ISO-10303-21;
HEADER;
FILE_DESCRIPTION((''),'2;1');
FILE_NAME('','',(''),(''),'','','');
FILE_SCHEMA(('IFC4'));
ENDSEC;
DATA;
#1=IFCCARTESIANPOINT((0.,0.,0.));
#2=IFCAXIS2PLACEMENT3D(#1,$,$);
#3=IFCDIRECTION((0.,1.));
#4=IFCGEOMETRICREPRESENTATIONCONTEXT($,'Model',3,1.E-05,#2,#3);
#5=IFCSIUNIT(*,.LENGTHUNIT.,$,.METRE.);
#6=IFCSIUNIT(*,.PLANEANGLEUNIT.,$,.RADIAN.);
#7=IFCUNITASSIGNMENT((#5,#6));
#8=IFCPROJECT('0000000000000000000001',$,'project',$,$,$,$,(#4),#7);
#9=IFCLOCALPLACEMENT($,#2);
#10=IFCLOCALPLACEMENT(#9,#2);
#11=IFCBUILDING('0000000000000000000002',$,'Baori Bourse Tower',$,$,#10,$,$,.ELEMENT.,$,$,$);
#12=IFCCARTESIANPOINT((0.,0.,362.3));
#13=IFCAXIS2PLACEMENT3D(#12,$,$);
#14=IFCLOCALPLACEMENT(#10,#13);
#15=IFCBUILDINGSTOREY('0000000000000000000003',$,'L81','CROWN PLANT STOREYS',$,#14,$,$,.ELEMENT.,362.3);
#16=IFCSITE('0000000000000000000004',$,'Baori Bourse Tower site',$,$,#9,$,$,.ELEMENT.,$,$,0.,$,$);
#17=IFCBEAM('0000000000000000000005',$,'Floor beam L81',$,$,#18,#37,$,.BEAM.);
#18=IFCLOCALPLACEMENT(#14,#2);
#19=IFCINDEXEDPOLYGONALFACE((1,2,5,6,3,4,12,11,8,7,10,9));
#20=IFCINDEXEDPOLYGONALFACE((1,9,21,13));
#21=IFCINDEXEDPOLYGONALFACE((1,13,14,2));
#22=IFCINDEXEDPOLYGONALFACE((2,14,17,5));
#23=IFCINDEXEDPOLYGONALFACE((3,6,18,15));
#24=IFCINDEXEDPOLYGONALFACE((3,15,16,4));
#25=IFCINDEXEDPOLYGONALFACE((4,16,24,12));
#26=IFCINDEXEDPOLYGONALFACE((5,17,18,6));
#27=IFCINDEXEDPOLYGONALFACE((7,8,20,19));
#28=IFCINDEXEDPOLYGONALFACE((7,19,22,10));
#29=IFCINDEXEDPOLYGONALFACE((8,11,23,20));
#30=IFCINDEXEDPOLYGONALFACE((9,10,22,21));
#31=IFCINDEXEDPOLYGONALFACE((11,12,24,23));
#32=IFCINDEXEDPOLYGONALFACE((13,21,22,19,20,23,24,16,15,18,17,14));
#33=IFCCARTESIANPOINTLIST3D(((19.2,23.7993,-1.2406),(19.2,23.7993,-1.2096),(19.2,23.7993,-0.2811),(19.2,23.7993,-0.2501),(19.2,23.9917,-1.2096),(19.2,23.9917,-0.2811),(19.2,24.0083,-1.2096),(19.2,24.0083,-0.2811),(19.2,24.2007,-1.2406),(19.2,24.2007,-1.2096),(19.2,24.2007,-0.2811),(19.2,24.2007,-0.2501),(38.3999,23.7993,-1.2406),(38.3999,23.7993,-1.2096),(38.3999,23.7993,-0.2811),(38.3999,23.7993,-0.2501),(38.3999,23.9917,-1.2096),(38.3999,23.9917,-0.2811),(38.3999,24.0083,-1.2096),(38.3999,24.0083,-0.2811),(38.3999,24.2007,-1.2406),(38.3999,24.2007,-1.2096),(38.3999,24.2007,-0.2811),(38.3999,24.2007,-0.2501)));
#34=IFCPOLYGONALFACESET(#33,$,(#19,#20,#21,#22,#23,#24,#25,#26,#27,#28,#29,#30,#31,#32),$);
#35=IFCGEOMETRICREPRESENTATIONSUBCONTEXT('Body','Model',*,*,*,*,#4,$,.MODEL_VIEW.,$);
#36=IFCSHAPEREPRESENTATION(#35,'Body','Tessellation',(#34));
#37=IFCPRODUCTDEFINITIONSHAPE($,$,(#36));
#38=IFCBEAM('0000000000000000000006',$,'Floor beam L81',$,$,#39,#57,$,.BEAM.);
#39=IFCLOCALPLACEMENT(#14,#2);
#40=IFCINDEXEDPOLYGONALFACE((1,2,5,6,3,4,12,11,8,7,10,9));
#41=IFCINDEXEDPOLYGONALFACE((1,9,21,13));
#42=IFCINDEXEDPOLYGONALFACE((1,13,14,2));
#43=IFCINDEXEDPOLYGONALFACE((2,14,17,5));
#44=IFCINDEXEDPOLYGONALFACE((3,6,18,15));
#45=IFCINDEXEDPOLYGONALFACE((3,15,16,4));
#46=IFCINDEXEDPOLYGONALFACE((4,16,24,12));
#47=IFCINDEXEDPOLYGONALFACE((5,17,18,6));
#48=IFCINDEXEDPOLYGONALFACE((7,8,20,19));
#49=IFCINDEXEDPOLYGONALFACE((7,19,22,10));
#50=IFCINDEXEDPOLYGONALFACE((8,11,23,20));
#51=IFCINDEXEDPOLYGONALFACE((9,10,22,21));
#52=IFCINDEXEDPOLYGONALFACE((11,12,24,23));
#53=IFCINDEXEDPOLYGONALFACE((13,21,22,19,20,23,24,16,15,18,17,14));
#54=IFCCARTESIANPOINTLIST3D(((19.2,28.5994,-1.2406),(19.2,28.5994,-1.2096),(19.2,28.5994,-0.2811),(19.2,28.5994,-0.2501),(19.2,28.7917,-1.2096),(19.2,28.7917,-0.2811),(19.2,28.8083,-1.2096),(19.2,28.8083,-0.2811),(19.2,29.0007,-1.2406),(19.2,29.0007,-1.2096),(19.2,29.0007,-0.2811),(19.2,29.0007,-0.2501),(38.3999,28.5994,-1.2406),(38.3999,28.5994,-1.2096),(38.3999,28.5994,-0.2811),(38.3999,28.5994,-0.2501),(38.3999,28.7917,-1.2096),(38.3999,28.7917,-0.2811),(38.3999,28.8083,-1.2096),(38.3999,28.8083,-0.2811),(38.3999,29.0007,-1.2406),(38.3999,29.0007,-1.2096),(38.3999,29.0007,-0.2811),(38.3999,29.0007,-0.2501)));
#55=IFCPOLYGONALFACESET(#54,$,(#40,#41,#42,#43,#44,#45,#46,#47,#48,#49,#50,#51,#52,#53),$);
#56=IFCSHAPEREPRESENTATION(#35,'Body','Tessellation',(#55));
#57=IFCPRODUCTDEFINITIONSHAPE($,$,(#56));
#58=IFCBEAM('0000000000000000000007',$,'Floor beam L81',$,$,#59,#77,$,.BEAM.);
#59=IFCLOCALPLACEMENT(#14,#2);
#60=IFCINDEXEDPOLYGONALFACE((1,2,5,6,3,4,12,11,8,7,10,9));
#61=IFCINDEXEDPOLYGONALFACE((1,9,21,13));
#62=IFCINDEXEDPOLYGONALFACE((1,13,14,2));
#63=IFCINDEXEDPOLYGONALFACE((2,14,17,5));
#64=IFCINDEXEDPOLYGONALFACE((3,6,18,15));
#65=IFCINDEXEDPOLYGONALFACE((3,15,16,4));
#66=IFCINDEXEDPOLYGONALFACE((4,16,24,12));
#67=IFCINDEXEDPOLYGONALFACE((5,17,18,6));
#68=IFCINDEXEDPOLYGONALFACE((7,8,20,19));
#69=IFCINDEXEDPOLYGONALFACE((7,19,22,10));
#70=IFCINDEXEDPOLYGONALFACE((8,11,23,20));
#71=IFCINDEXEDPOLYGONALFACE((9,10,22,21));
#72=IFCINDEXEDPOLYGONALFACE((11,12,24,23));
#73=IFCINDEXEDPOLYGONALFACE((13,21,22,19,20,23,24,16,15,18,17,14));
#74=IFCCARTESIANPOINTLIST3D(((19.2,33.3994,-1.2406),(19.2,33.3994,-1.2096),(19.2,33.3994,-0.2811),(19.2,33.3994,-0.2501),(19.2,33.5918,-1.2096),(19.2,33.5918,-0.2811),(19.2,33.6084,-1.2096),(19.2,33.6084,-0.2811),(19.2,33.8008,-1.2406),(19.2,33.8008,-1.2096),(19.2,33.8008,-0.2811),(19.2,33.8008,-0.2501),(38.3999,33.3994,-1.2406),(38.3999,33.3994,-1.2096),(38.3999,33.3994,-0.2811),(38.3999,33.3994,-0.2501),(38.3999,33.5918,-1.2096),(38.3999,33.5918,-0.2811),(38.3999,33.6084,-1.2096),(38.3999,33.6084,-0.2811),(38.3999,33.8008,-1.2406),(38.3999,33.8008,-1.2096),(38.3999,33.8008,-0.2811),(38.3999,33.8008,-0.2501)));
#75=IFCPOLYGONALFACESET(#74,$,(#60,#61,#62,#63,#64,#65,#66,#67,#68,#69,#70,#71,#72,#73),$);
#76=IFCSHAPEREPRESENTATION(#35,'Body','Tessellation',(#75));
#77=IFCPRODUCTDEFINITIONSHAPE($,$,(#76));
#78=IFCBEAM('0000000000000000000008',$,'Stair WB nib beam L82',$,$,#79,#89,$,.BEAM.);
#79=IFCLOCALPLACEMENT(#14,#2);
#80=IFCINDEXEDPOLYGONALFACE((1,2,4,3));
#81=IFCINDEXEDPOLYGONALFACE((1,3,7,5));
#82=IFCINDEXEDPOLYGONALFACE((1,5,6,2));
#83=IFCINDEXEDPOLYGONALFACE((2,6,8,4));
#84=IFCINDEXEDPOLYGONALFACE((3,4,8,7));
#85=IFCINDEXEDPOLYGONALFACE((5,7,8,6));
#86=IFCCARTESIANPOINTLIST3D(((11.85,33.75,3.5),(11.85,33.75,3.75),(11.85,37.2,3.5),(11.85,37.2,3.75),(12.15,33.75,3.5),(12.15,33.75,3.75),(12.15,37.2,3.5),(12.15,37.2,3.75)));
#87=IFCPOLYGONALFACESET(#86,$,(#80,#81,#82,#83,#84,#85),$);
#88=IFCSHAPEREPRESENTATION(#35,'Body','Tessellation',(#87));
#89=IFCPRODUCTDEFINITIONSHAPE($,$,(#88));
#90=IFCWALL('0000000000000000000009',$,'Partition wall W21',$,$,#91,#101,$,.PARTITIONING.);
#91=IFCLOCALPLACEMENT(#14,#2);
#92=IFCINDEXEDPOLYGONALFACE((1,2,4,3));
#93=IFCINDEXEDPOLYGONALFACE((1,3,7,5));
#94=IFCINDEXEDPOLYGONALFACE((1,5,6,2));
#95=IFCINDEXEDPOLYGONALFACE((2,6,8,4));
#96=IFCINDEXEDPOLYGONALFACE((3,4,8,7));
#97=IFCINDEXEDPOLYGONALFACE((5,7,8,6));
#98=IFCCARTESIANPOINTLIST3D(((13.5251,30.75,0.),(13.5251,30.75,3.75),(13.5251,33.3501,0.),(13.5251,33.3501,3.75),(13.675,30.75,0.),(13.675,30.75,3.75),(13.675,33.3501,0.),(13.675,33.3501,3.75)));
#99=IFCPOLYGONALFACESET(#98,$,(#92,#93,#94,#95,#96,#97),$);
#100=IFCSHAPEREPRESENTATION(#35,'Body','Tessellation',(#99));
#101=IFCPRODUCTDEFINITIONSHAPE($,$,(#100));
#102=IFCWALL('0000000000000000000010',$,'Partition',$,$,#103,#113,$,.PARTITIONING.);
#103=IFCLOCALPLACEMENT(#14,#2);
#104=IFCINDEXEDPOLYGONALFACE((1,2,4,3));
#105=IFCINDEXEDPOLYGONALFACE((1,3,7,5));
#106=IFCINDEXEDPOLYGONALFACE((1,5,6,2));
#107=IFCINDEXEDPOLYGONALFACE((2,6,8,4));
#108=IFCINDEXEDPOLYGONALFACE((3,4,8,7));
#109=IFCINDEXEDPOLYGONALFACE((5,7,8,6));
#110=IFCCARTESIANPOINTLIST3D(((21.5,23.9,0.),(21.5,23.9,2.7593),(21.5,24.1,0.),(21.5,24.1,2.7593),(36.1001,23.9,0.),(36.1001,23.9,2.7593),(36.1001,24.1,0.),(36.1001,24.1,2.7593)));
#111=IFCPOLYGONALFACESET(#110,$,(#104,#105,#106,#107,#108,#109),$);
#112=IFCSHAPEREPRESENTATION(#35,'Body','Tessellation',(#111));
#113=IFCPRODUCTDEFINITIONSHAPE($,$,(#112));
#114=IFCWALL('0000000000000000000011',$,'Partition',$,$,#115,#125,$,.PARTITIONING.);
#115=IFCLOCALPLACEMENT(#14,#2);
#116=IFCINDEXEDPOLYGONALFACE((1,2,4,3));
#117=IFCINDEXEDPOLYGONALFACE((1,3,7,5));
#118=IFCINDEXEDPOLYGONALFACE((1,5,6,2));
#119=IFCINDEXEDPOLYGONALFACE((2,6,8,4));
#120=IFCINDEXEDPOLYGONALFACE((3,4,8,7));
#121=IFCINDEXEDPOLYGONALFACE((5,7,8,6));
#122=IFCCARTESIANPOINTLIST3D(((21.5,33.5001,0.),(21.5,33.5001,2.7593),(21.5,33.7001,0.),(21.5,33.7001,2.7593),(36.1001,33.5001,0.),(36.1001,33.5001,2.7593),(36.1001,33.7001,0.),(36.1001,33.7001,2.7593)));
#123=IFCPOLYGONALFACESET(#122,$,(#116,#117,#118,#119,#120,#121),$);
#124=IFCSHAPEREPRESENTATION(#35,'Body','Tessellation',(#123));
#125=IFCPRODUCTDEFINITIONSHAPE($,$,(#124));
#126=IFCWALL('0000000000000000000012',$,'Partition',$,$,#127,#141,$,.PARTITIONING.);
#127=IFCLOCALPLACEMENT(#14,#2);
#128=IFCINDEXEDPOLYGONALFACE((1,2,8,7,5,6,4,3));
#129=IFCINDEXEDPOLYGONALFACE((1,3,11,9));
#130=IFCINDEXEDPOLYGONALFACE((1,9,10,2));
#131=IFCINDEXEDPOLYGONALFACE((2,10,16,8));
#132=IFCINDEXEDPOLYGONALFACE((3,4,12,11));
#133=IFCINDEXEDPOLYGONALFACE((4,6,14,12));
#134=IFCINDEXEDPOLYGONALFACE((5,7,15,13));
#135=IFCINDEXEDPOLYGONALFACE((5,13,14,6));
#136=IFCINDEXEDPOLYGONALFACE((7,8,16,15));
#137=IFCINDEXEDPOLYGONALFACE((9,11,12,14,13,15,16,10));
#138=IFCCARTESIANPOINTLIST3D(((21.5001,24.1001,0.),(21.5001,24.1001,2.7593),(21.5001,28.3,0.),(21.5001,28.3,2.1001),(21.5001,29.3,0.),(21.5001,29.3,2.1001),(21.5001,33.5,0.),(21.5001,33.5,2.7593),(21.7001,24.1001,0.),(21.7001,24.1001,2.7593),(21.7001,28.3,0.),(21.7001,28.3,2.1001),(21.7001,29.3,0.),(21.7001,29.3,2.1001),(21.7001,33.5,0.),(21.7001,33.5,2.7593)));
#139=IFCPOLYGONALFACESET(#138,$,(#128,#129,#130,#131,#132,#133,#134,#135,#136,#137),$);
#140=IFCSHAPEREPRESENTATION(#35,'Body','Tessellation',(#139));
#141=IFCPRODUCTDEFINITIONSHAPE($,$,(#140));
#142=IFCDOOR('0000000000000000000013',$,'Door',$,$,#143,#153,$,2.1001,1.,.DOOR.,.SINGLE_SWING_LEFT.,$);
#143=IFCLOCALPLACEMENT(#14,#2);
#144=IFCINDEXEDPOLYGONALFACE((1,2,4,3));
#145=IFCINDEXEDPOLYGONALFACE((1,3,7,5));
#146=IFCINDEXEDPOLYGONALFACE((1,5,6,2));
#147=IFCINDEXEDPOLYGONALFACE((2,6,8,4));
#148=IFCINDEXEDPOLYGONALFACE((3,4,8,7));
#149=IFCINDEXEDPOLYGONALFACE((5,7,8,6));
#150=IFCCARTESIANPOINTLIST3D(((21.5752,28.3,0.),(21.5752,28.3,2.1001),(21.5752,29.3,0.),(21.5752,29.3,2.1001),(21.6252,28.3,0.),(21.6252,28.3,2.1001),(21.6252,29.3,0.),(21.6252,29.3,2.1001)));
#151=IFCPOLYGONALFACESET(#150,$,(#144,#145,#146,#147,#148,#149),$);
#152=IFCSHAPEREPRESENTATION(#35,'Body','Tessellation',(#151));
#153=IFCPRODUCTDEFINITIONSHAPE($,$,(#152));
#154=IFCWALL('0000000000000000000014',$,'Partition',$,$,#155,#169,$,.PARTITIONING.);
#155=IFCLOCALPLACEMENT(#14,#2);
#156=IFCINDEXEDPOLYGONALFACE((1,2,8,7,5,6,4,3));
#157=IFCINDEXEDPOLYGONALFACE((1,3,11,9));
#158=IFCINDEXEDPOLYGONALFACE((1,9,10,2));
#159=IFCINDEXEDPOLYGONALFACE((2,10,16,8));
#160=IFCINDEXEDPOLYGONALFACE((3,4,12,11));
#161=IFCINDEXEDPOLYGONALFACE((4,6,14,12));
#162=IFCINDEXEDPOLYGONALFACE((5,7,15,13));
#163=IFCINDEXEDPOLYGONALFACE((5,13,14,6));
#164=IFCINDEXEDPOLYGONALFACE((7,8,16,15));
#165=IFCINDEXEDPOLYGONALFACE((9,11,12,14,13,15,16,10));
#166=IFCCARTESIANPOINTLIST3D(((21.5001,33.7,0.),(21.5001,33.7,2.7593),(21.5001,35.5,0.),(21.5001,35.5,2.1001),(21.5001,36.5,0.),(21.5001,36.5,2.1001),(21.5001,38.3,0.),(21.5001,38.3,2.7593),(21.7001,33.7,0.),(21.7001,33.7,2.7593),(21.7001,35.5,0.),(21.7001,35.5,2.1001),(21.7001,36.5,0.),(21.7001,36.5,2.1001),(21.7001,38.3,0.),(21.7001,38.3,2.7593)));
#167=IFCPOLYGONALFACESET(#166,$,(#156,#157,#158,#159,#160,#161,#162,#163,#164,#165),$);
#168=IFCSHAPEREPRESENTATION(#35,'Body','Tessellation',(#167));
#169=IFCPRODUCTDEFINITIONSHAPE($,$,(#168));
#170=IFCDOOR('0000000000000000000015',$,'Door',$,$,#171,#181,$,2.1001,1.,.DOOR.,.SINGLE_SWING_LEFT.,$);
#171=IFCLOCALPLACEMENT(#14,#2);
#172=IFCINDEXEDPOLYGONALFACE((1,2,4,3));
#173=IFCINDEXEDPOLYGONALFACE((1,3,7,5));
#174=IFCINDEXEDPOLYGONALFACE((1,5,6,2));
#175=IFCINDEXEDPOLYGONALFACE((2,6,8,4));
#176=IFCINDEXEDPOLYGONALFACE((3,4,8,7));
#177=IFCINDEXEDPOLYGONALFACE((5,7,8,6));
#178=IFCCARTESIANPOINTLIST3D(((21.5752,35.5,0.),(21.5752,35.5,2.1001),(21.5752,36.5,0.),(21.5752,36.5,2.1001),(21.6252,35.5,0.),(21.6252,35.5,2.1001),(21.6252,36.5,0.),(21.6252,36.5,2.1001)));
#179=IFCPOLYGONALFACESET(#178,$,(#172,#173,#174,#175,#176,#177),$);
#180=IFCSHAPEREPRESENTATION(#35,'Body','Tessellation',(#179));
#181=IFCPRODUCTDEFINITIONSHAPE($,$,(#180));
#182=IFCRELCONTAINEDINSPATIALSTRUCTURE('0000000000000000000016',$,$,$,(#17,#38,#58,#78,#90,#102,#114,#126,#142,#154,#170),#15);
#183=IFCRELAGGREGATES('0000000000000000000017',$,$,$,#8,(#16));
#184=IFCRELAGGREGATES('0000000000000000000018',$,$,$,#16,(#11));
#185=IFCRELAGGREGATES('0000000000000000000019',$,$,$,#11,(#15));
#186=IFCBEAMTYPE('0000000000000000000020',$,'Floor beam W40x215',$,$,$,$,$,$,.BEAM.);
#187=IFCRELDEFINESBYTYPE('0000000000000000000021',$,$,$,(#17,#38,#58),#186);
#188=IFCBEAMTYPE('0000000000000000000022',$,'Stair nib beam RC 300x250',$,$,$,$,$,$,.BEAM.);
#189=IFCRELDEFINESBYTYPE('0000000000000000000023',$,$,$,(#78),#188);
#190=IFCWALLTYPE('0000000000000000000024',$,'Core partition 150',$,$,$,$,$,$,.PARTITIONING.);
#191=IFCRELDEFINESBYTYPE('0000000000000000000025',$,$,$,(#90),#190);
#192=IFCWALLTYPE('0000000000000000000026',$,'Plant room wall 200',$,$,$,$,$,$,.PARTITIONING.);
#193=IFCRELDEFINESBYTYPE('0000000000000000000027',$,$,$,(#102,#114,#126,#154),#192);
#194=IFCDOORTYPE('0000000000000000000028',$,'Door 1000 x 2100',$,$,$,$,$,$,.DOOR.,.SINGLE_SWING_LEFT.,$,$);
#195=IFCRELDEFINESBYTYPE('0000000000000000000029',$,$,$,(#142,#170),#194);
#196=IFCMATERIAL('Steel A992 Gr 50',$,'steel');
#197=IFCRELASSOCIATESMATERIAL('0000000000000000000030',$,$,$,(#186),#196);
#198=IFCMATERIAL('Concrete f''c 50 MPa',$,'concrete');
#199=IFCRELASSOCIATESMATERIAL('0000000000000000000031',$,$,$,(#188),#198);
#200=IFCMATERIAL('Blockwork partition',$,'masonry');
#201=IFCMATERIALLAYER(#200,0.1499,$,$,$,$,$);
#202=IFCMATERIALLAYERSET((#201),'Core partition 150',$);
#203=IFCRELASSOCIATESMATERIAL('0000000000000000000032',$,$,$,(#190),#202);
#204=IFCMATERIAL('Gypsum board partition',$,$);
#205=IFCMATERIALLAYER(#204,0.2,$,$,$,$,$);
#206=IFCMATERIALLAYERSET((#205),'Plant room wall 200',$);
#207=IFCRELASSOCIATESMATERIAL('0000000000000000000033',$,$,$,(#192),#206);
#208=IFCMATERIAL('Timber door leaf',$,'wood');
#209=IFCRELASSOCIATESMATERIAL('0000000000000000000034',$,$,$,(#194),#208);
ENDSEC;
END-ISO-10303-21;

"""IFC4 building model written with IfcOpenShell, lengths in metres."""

from ifc_helpers import new_model, si_unit, direction, frame, frame_2d, origin, origin_2d, place, context, subcontext, project, spatial, rectangle, i_section, extrude, material, layer, layer_set, material_profile, profile_set, type_object, element, fill, save


model = new_model("IFC4")

# Units and contexts
model_context = context("Model", 3, precision=1e-05, world=origin(), true_north=direction((0.0, 1.0)))
body_context = subcontext(model_context, "Body", "Model", "MODEL_VIEW")
ifc_project = project(units=[si_unit("LENGTHUNIT", "METRE"), si_unit("PLANEANGLEUNIT", "RADIAN")], contexts=[model_context])

# Site, building, storey
site_placement = place(None, origin())
site = spatial("IfcSite", under=ifc_project, at=site_placement, Name="Baori Bourse Tower site", CompositionType="ELEMENT", RefElevation=0.0)
building_placement = place(site_placement, origin())
building = spatial("IfcBuilding", under=site, at=building_placement, Name="Baori Bourse Tower", CompositionType="ELEMENT")
storey_placement = place(building_placement, frame((0.0, 0.0, 362.3)))
storey = spatial("IfcBuildingStorey", under=building, at=storey_placement, Name="L81", Description="CROWN PLANT STOREYS", CompositionType="ELEMENT", Elevation=362.3)

# Beams
ifc_material_1 = material(Name="Steel A992 Gr 50", Category="steel")
ifc_material_profile_1 = material_profile(ifc_material_1, i_section(OverallWidth=0.4014, OverallDepth=0.9905, WebThickness=0.0166, FlangeThickness=0.031, at=origin_2d()), Name="W40x215")
ifc_profile_set_1 = profile_set([ifc_material_profile_1], Name="Steel A992 Gr 50")
beam_type_1 = type_object("IfcBeamType", Name="Floor beam W40x215", PredefinedType="BEAM", material=ifc_profile_set_1)
for number, where, z_axis, x_axis, name in (
    (1, (19.2, 24.0, -0.7454), (1.0, 0.0, 0.0), (0.0, 1.0, 0.0), "Floor beam L81"),
    (2, (19.2, 28.8, -0.7454), (1.0, 0.0, 0.0), (0.0, 1.0, 0.0), "Floor beam L81"),
    (3, (19.2, 33.6001, -0.7454), (1.0, 0.0, 0.0), (0.0, 1.0, 0.0), "Floor beam L81"),
):
    element("IfcBeam", number, at=place(storey_placement, frame(where, z_axis=z_axis, x_axis=x_axis)), inside=storey, type_object=beam_type_1, Name=name, PredefinedType="BEAM", context=body_context, shape_type="SweptSolid", body=[
        extrude(i_section(OverallWidth=0.4014, OverallDepth=0.9905, WebThickness=0.0166, FlangeThickness=0.031, at=origin_2d()), origin(), (0.0, 0.0, 1.0), 19.2),
    ])
ifc_material_2 = material(Name="Concrete f'c 50 MPa", Category="concrete")
ifc_material_profile_2 = material_profile(ifc_material_2, rectangle(XDim=0.3, YDim=0.25, at=origin_2d()), Name="RC 300x250")
ifc_profile_set_2 = profile_set([ifc_material_profile_2], Name="Concrete f'c 50 MPa")
beam_type_2 = type_object("IfcBeamType", Name="Stair nib beam RC 300x250", PredefinedType="BEAM", material=ifc_profile_set_2)
beam_placement = place(storey_placement, frame((12.0, 33.75, 3.625), z_axis=(0.0, 1.0, 0.0), x_axis=(-1.0, 0.0, 0.0)))
element("IfcBeam", 4, at=beam_placement, inside=storey, type_object=beam_type_2, Name="Stair WB nib beam L82", PredefinedType="BEAM", context=body_context, shape_type="SweptSolid", body=[
    extrude(rectangle(XDim=0.3, YDim=0.25, at=origin_2d()), origin(), (0.0, 0.0, 1.0), 3.45),
])

# Walls
ifc_material_3 = material(Name="Blockwork partition", Category="masonry")
ifc_layer_1 = layer(ifc_material_3, 0.1499)
ifc_layer_set_1 = layer_set([ifc_layer_1], Name="Core partition 150")
wall_type_1 = type_object("IfcWallType", Name="Core partition 150", PredefinedType="PARTITIONING", material=ifc_layer_set_1)
wall_1_placement = place(storey_placement, frame((13.6001, 30.75, 0.0), z_axis=(0.0, 0.0, 1.0), x_axis=(0.0, 1.0, 0.0)))
element("IfcWall", 5, at=wall_1_placement, inside=storey, type_object=wall_type_1, Name="Partition wall W21", PredefinedType="PARTITIONING", context=body_context, shape_type="SweptSolid", body=[
    extrude(rectangle(XDim=2.6001, YDim=0.1499, at=frame_2d((1.3, 0.0))), origin(), (0.0, 0.0, 1.0), 3.75),
])
ifc_material_4 = material(Name="Gypsum board partition")
ifc_layer_2 = layer(ifc_material_4, 0.2)
ifc_layer_set_2 = layer_set([ifc_layer_2], Name="Plant room wall 200")
wall_type_2 = type_object("IfcWallType", Name="Plant room wall 200", PredefinedType="PARTITIONING", material=ifc_layer_set_2)
for number, where, z_axis, x_axis, name in (
    (6, (21.5, 24.0, 0.0), (0.0, 0.0, 1.0), (1.0, 0.0, 0.0), "Partition"),
    (7, (21.5, 33.6001, 0.0), (0.0, 0.0, 1.0), (1.0, 0.0, 0.0), "Partition"),
):
    element("IfcWall", number, at=place(storey_placement, frame(where, z_axis=z_axis, x_axis=x_axis)), inside=storey, type_object=wall_type_2, Name=name, PredefinedType="PARTITIONING", context=body_context, shape_type="SweptSolid", body=[
        extrude(rectangle(XDim=14.6001, YDim=0.2, at=frame_2d((7.3, 0.0))), origin(), (0.0, 0.0, 1.0), 2.7593),
    ])

# Walls, openings, doors
wall_2_placement = place(storey_placement, frame((21.6001, 24.1001, 0.0), z_axis=(0.0, 0.0, 1.0), x_axis=(0.0, 1.0, 0.0)))
wall_2 = element("IfcWall", 8, at=wall_2_placement, inside=storey, type_object=wall_type_2, Name="Partition", PredefinedType="PARTITIONING", context=body_context, shape_type="SweptSolid", body=[
    extrude(rectangle(XDim=9.3999, YDim=0.2, at=frame_2d((4.7, 0.0))), origin(), (0.0, 0.0, 1.0), 2.7593),
])
opening_1_placement = place(wall_2_placement, frame((4.2, 0.0, 0.0)))
opening_1 = element("IfcOpeningElement", 9, at=opening_1_placement, cuts=wall_2, PredefinedType="OPENING", context=body_context, shape_type="SweptSolid", body=[
    extrude(rectangle(XDim=1.0, YDim=2.1001, at=frame_2d((0.5, 1.05))), frame((0.0, 0.1099, 0.0), z_axis=(0.0, -1.0, 0.0), x_axis=(1.0, 0.0, 0.0)), (0.0, 0.0, 1.0), 0.22),
])
ifc_material_5 = material(Name="Timber door leaf", Category="wood")
door_type_1 = type_object("IfcDoorType", Name="Door 1000 x 2100", OperationType="SINGLE_SWING_LEFT", PredefinedType="DOOR", material=ifc_material_5)
door_1_placement = place(opening_1_placement, origin())
door_1 = element("IfcDoor", 10, at=door_1_placement, inside=storey, type_object=door_type_1, Name="Door", OperationType="SINGLE_SWING_LEFT", OverallHeight=2.1001, OverallWidth=1.0, PredefinedType="DOOR", context=body_context, shape_type="SweptSolid", body=[
    extrude(rectangle(XDim=1.0, YDim=2.1001, at=frame_2d((0.5, 1.05))), frame((0.0, 0.0249, 0.0), z_axis=(0.0, -1.0, 0.0), x_axis=(1.0, 0.0, 0.0)), (0.0, 0.0, 1.0), 0.05),
])
fill(opening_1, door_1)
wall_3_placement = place(storey_placement, frame((21.6001, 33.7, 0.0), z_axis=(0.0, 0.0, 1.0), x_axis=(0.0, 1.0, 0.0)))
wall_3 = element("IfcWall", 11, at=wall_3_placement, inside=storey, type_object=wall_type_2, Name="Partition", PredefinedType="PARTITIONING", context=body_context, shape_type="SweptSolid", body=[
    extrude(rectangle(XDim=4.6001, YDim=0.2, at=frame_2d((2.3, 0.0))), origin(), (0.0, 0.0, 1.0), 2.7593),
])
opening_2_placement = place(wall_3_placement, frame((1.8, 0.0, 0.0)))
opening_2 = element("IfcOpeningElement", 12, at=opening_2_placement, cuts=wall_3, PredefinedType="OPENING", context=body_context, shape_type="SweptSolid", body=[
    extrude(rectangle(XDim=1.0, YDim=2.1001, at=frame_2d((0.5, 1.05))), frame((0.0, 0.1099, 0.0), z_axis=(0.0, -1.0, 0.0), x_axis=(1.0, 0.0, 0.0)), (0.0, 0.0, 1.0), 0.22),
])
door_2_placement = place(opening_2_placement, origin())
door_2 = element("IfcDoor", 13, at=door_2_placement, inside=storey, type_object=door_type_1, Name="Door", OperationType="SINGLE_SWING_LEFT", OverallHeight=2.1001, OverallWidth=1.0, PredefinedType="DOOR", context=body_context, shape_type="SweptSolid", body=[
    extrude(rectangle(XDim=1.0, YDim=2.1001, at=frame_2d((0.5, 1.05))), frame((0.0, 0.0249, 0.0), z_axis=(0.0, -1.0, 0.0), x_axis=(1.0, 0.0, 0.0)), (0.0, 0.0, 1.0), 0.05),
])
fill(opening_2, door_2)

save(model, "model.ifc")
